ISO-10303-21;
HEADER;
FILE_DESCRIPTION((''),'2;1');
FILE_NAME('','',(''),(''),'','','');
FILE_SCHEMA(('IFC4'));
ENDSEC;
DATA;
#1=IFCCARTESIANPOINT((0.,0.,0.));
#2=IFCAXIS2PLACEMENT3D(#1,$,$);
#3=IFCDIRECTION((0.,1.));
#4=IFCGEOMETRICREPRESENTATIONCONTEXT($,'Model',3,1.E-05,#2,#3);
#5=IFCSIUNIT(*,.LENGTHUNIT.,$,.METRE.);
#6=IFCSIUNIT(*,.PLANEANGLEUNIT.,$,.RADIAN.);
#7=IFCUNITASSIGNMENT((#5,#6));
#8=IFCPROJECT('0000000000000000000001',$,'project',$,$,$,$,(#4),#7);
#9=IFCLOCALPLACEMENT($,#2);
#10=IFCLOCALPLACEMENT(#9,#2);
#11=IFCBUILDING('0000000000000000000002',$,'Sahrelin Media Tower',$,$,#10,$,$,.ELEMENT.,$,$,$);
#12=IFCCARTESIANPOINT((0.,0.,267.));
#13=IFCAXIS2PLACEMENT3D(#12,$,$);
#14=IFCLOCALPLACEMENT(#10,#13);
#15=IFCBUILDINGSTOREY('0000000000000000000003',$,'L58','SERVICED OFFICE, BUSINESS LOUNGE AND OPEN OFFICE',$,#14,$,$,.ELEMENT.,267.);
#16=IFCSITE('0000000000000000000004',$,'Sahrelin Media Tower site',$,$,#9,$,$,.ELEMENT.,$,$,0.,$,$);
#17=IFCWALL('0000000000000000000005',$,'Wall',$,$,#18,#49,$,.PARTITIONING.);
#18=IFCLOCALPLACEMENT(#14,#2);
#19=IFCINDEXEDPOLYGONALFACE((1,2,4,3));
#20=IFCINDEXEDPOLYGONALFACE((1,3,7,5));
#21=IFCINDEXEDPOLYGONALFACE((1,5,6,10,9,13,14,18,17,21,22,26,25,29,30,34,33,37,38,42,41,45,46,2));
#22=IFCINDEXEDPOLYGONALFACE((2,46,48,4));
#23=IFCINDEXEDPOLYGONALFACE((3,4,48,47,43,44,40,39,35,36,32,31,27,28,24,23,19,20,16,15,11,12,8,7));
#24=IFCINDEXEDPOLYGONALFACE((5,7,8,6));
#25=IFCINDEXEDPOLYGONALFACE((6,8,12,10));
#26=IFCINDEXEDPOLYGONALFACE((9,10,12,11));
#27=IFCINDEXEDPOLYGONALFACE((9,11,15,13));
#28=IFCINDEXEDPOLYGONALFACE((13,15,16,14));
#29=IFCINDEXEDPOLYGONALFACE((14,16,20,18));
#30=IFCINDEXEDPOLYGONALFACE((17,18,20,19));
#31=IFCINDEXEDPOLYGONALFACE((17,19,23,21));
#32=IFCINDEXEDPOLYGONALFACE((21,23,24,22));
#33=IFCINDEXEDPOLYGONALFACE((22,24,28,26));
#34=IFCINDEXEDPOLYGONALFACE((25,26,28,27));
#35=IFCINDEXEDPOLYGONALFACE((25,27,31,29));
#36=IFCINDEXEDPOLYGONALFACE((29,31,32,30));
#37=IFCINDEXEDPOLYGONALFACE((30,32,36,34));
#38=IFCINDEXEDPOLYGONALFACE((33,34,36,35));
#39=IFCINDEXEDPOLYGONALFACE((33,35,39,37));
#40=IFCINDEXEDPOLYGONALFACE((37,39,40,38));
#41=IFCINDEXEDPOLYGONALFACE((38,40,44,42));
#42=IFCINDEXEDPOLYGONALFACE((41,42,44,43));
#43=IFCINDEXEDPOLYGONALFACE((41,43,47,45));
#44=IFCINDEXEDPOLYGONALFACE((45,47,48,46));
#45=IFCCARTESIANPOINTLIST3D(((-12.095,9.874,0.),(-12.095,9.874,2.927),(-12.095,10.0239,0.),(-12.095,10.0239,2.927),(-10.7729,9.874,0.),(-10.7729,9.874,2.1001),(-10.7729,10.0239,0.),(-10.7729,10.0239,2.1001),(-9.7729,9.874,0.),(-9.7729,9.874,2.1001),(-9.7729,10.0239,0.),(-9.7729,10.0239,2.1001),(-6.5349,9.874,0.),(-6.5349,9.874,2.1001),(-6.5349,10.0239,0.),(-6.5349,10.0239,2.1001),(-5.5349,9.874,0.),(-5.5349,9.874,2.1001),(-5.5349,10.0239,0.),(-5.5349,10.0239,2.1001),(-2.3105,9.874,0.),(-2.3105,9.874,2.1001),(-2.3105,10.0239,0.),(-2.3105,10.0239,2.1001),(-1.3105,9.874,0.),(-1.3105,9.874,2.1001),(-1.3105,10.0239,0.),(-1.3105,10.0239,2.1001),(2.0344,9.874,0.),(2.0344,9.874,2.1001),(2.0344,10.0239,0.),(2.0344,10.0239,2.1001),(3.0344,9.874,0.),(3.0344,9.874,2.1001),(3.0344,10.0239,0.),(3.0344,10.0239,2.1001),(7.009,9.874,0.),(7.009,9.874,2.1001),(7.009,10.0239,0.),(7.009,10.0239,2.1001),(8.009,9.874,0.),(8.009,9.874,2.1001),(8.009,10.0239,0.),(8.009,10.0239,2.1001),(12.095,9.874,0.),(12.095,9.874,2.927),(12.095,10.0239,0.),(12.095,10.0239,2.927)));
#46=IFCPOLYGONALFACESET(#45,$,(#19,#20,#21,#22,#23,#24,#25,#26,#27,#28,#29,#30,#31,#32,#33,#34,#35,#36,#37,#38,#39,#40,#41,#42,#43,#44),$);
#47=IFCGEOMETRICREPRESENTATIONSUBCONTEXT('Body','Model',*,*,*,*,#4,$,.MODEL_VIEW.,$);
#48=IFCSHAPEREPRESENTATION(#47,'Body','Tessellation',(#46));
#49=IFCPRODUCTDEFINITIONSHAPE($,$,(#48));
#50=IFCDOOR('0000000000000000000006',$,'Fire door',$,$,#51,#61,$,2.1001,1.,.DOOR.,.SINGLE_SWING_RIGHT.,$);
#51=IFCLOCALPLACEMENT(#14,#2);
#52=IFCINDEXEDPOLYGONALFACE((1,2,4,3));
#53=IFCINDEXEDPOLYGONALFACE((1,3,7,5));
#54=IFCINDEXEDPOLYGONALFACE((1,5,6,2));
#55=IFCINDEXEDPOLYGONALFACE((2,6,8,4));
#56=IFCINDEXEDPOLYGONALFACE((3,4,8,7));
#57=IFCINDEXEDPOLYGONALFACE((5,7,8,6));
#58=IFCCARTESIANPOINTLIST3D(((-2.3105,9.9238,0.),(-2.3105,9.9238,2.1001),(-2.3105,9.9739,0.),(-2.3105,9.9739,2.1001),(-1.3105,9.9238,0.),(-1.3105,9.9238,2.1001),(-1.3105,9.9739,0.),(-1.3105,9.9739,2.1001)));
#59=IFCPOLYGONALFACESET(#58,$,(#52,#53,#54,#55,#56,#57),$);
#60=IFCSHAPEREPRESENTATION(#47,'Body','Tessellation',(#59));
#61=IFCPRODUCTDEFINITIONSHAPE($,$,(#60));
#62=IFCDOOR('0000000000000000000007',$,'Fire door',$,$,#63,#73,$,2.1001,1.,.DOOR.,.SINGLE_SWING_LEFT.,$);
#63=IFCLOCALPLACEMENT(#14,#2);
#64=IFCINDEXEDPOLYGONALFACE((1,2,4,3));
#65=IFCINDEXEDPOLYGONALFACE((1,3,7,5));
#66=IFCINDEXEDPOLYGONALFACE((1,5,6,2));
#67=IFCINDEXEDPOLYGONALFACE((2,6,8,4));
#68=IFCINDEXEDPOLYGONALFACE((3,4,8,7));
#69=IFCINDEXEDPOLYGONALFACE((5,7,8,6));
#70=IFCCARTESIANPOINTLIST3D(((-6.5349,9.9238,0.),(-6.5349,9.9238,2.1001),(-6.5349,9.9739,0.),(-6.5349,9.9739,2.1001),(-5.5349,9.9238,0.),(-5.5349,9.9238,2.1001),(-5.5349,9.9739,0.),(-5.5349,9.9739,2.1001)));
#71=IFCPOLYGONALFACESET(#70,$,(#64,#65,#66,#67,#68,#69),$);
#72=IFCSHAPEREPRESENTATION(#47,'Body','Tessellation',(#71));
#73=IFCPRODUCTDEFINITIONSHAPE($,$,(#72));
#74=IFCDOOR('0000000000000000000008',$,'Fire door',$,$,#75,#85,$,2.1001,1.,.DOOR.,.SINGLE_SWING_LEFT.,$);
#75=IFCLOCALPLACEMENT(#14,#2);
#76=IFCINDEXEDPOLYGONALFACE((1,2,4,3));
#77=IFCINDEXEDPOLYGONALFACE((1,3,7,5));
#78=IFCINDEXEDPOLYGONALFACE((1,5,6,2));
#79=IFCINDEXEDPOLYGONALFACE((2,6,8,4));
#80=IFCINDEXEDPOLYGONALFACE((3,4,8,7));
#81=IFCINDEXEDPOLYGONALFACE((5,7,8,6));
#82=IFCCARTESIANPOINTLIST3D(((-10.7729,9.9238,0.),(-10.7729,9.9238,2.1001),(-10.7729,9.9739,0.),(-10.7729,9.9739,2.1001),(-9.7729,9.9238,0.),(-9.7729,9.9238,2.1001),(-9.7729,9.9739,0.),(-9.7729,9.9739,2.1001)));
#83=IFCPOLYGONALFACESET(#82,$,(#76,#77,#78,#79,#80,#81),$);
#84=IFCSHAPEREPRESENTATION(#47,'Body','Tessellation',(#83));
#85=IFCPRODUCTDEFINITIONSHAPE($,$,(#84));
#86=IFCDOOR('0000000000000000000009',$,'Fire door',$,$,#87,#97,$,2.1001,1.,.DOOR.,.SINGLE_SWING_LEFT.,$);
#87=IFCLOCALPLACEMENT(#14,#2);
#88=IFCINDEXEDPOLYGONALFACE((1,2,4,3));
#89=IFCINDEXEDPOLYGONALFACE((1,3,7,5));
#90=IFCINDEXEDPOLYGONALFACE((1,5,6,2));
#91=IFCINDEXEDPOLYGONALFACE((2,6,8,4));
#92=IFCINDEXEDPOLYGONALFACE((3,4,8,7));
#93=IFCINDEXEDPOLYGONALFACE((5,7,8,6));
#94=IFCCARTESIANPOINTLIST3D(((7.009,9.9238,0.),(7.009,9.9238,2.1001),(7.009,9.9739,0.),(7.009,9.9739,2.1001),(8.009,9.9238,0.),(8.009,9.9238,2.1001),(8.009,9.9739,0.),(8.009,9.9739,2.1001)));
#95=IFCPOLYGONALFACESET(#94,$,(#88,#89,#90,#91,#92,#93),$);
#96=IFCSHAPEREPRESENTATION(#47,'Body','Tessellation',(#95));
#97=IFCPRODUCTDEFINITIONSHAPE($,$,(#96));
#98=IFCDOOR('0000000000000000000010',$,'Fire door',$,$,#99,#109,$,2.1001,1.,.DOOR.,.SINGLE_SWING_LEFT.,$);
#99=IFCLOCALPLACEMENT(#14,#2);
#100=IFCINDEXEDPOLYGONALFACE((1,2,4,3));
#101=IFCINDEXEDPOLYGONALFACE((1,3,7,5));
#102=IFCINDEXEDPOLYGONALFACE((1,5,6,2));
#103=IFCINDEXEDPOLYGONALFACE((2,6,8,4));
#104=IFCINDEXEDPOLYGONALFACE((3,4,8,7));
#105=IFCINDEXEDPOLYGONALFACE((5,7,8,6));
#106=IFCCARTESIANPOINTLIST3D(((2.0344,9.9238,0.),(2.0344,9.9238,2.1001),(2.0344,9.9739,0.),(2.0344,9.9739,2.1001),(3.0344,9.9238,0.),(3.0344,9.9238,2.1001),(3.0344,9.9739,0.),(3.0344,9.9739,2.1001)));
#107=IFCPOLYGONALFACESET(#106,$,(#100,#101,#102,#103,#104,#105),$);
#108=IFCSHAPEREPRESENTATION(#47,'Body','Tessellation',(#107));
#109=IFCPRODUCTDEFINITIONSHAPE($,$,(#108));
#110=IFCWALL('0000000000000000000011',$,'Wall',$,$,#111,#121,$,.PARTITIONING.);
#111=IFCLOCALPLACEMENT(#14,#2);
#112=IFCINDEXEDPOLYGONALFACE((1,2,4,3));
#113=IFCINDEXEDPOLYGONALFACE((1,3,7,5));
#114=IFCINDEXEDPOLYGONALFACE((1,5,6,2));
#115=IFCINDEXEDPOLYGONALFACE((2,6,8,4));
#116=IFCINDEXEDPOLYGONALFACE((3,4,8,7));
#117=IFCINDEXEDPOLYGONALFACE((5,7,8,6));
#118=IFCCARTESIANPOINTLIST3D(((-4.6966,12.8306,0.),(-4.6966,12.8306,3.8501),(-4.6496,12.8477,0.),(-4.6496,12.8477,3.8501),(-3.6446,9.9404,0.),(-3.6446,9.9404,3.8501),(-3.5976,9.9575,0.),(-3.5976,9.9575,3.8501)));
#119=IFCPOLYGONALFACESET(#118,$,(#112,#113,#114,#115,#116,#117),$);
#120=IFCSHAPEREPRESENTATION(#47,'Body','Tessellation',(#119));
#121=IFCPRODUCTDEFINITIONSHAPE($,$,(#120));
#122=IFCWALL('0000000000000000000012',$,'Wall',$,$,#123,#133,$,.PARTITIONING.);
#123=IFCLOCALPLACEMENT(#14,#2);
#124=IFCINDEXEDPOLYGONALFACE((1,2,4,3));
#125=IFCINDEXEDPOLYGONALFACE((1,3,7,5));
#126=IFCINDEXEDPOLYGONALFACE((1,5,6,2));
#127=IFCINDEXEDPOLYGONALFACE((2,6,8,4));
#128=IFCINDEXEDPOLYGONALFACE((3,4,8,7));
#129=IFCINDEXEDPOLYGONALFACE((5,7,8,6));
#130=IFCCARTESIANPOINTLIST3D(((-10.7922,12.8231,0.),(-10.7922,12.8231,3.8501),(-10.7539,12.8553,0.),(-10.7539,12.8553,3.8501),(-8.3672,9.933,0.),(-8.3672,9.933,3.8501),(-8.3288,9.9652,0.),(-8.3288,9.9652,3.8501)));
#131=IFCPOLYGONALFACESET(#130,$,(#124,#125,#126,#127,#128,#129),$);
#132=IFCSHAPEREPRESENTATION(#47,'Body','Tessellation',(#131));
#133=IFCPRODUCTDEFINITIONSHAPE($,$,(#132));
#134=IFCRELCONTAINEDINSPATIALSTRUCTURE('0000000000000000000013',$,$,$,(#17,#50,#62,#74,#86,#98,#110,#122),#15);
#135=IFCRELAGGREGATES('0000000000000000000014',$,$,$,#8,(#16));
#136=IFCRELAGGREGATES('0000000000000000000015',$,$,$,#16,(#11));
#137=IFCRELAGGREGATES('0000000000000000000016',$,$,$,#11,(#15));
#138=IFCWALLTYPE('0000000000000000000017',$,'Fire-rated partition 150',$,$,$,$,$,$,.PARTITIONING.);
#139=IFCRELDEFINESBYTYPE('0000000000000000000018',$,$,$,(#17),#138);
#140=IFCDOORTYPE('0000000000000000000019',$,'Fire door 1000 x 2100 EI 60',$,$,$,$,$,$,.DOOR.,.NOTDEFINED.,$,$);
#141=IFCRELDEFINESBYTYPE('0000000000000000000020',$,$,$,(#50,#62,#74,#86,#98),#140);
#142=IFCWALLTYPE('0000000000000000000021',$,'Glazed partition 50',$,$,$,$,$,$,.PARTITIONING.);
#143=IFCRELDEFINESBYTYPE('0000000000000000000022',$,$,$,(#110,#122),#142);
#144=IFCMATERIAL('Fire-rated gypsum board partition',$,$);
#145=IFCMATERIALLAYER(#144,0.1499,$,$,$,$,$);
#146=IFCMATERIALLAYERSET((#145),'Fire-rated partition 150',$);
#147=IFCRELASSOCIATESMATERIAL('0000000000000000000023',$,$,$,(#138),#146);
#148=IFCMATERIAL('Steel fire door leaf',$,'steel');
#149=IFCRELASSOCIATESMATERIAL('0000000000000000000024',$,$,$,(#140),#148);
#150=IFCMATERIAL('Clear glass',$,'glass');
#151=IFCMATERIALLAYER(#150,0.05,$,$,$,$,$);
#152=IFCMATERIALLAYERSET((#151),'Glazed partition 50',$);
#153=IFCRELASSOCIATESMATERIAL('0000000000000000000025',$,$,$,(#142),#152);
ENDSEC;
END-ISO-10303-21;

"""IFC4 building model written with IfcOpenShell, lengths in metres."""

from ifc_helpers import new_model, si_unit, direction, frame, frame_2d, origin, place, context, subcontext, project, spatial, rectangle, extrude, material, layer, layer_set, type_object, element, fill, save


model = new_model("IFC4")

# Units and contexts
model_context = context("Model", 3, precision=1e-05, world=origin(), true_north=direction((0.0, 1.0)))
body_context = subcontext(model_context, "Body", "Model", "MODEL_VIEW")
ifc_project = project(units=[si_unit("LENGTHUNIT", "METRE"), si_unit("PLANEANGLEUNIT", "RADIAN")], contexts=[model_context])

# Site, building, storey
site_placement = place(None, origin())
site = spatial("IfcSite", under=ifc_project, at=site_placement, Name="Sahrelin Media Tower site", CompositionType="ELEMENT", RefElevation=0.0)
building_placement = place(site_placement, origin())
building = spatial("IfcBuilding", under=site, at=building_placement, Name="Sahrelin Media Tower", CompositionType="ELEMENT")
storey_placement = place(building_placement, frame((0.0, 0.0, 267.0)))
storey = spatial("IfcBuildingStorey", under=building, at=storey_placement, Name="L58", Description="SERVICED OFFICE, BUSINESS LOUNGE AND OPEN OFFICE", CompositionType="ELEMENT", Elevation=267.0)

# Wall, openings, doors
ifc_material_1 = material(Name="Fire-rated gypsum board partition")
ifc_layer_1 = layer(ifc_material_1, 0.1499)
ifc_layer_set_1 = layer_set([ifc_layer_1], Name="Fire-rated partition 150")
wall_type_1 = type_object("IfcWallType", Name="Fire-rated partition 150", PredefinedType="PARTITIONING", material=ifc_layer_set_1)
wall_1_placement = place(storey_placement, frame((-12.095, 9.949, 0.0), z_axis=(0.0, 0.0, 1.0), x_axis=(1.0, 0.0, 0.0)))
wall_1 = element("IfcWall", 1, at=wall_1_placement, inside=storey, type_object=wall_type_1, Name="Wall", PredefinedType="PARTITIONING", context=body_context, shape_type="SweptSolid", body=[
    extrude(rectangle(XDim=24.1899, YDim=0.1499, at=frame_2d((12.095, 0.0))), origin(), (0.0, 0.0, 1.0), 2.927),
])
opening_1_placement = place(wall_1_placement, frame((9.7844, 0.0, 0.0)))
opening_1 = element("IfcOpeningElement", 2, at=opening_1_placement, cuts=wall_1, PredefinedType="OPENING", context=body_context, shape_type="SweptSolid", body=[
    extrude(rectangle(XDim=1.0, YDim=2.1001, at=frame_2d((0.5, 1.05))), frame((0.0, 0.075, 0.0), z_axis=(0.0, -1.0, 0.0), x_axis=(1.0, 0.0, 0.0)), (0.0, 0.0, 1.0), 0.1499),
])
opening_2_placement = place(wall_1_placement, frame((5.5601, 0.0, 0.0)))
opening_2 = element("IfcOpeningElement", 3, at=opening_2_placement, cuts=wall_1, PredefinedType="OPENING", context=body_context, shape_type="SweptSolid", body=[
    extrude(rectangle(XDim=1.0, YDim=2.1001, at=frame_2d((0.5, 1.05))), frame((0.0, 0.075, 0.0), z_axis=(0.0, -1.0, 0.0), x_axis=(1.0, 0.0, 0.0)), (0.0, 0.0, 1.0), 0.1499),
])
opening_3_placement = place(wall_1_placement, frame((1.322, 0.0, 0.0)))
opening_3 = element("IfcOpeningElement", 4, at=opening_3_placement, cuts=wall_1, PredefinedType="OPENING", context=body_context, shape_type="SweptSolid", body=[
    extrude(rectangle(XDim=1.0, YDim=2.1001, at=frame_2d((0.5, 1.05))), frame((0.0, 0.075, 0.0), z_axis=(0.0, -1.0, 0.0), x_axis=(1.0, 0.0, 0.0)), (0.0, 0.0, 1.0), 0.1499),
])
opening_4_placement = place(wall_1_placement, frame((19.104, 0.0, 0.0)))
opening_4 = element("IfcOpeningElement", 5, at=opening_4_placement, cuts=wall_1, PredefinedType="OPENING", context=body_context, shape_type="SweptSolid", body=[
    extrude(rectangle(XDim=1.0, YDim=2.1001, at=frame_2d((0.5, 1.05))), frame((0.0, 0.075, 0.0), z_axis=(0.0, -1.0, 0.0), x_axis=(1.0, 0.0, 0.0)), (0.0, 0.0, 1.0), 0.1499),
])
opening_5_placement = place(wall_1_placement, frame((14.1294, 0.0, 0.0)))
opening_5 = element("IfcOpeningElement", 6, at=opening_5_placement, cuts=wall_1, PredefinedType="OPENING", context=body_context, shape_type="SweptSolid", body=[
    extrude(rectangle(XDim=1.0, YDim=2.1001, at=frame_2d((0.5, 1.05))), frame((0.0, 0.075, 0.0), z_axis=(0.0, -1.0, 0.0), x_axis=(1.0, 0.0, 0.0)), (0.0, 0.0, 1.0), 0.1499),
])
ifc_material_2 = material(Name="Steel fire door leaf", Category="steel")
door_type_1 = type_object("IfcDoorType", Name="Fire door 1000 x 2100 EI 60", OperationType="NOTDEFINED", PredefinedType="DOOR", material=ifc_material_2)
door_1_placement = place(opening_1_placement, origin())
door_1 = element("IfcDoor", 7, at=door_1_placement, inside=storey, type_object=door_type_1, Name="Fire door", OperationType="SINGLE_SWING_RIGHT", OverallHeight=2.1001, OverallWidth=1.0, PredefinedType="DOOR", context=body_context, shape_type="SweptSolid", body=[
    extrude(rectangle(XDim=1.0, YDim=2.1001, at=frame_2d((0.5, 1.05))), frame((0.0, 0.0249, 0.0), z_axis=(0.0, -1.0, 0.0), x_axis=(1.0, 0.0, 0.0)), (0.0, 0.0, 1.0), 0.05),
])
fill(opening_1, door_1)
door_2_placement = place(opening_2_placement, origin())
door_2 = element("IfcDoor", 8, at=door_2_placement, inside=storey, type_object=door_type_1, Name="Fire door", OperationType="SINGLE_SWING_LEFT", OverallHeight=2.1001, OverallWidth=1.0, PredefinedType="DOOR", context=body_context, shape_type="SweptSolid", body=[
    extrude(rectangle(XDim=1.0, YDim=2.1001, at=frame_2d((0.5, 1.05))), frame((0.0, 0.0249, 0.0), z_axis=(0.0, -1.0, 0.0), x_axis=(1.0, 0.0, 0.0)), (0.0, 0.0, 1.0), 0.05),
])
fill(opening_2, door_2)
door_3_placement = place(opening_3_placement, origin())
door_3 = element("IfcDoor", 9, at=door_3_placement, inside=storey, type_object=door_type_1, Name="Fire door", OperationType="SINGLE_SWING_LEFT", OverallHeight=2.1001, OverallWidth=1.0, PredefinedType="DOOR", context=body_context, shape_type="SweptSolid", body=[
    extrude(rectangle(XDim=1.0, YDim=2.1001, at=frame_2d((0.5, 1.05))), frame((0.0, 0.0249, 0.0), z_axis=(0.0, -1.0, 0.0), x_axis=(1.0, 0.0, 0.0)), (0.0, 0.0, 1.0), 0.05),
])
fill(opening_3, door_3)
door_4_placement = place(opening_4_placement, origin())
door_4 = element("IfcDoor", 10, at=door_4_placement, inside=storey, type_object=door_type_1, Name="Fire door", OperationType="SINGLE_SWING_LEFT", OverallHeight=2.1001, OverallWidth=1.0, PredefinedType="DOOR", context=body_context, shape_type="SweptSolid", body=[
    extrude(rectangle(XDim=1.0, YDim=2.1001, at=frame_2d((0.5, 1.05))), frame((0.0, 0.0249, 0.0), z_axis=(0.0, -1.0, 0.0), x_axis=(1.0, 0.0, 0.0)), (0.0, 0.0, 1.0), 0.05),
])
fill(opening_4, door_4)
door_5_placement = place(opening_5_placement, origin())
door_5 = element("IfcDoor", 11, at=door_5_placement, inside=storey, type_object=door_type_1, Name="Fire door", OperationType="SINGLE_SWING_LEFT", OverallHeight=2.1001, OverallWidth=1.0, PredefinedType="DOOR", context=body_context, shape_type="SweptSolid", body=[
    extrude(rectangle(XDim=1.0, YDim=2.1001, at=frame_2d((0.5, 1.05))), frame((0.0, 0.0249, 0.0), z_axis=(0.0, -1.0, 0.0), x_axis=(1.0, 0.0, 0.0)), (0.0, 0.0, 1.0), 0.05),
])
fill(opening_5, door_5)

# Walls
ifc_material_3 = material(Name="Clear glass", Category="glass")
ifc_layer_2 = layer(ifc_material_3, 0.05)
ifc_layer_set_2 = layer_set([ifc_layer_2], Name="Glazed partition 50")
wall_type_2 = type_object("IfcWallType", Name="Glazed partition 50", PredefinedType="PARTITIONING", material=ifc_layer_set_2)
wall_2_placement = place(storey_placement, frame((-4.6731, 12.8391, 0.0), z_axis=(0.0, 0.0, 1.0), x_axis=(0.342043, -0.939684, 0.0)))
element("IfcWall", 12, at=wall_2_placement, inside=storey, type_object=wall_type_2, Name="Wall", PredefinedType="PARTITIONING", context=body_context, shape_type="SweptSolid", body=[
    extrude(rectangle(XDim=3.0757, YDim=0.05, at=frame_2d((1.5378, 0.0))), origin(), (0.0, 0.0, 1.0), 3.8501),
])
wall_3_placement = place(storey_placement, frame((-10.7729, 12.8391, 0.0), z_axis=(0.0, 0.0, 1.0), x_axis=(0.642778, -0.766053, 0.0)))
element("IfcWall", 13, at=wall_3_placement, inside=storey, type_object=wall_type_2, Name="Wall", PredefinedType="PARTITIONING", context=body_context, shape_type="SweptSolid", body=[
    extrude(rectangle(XDim=3.7727, YDim=0.05, at=frame_2d((1.8862, 0.0))), origin(), (0.0, 0.0, 1.0), 3.8501),
])

save(model, "model.ifc")
